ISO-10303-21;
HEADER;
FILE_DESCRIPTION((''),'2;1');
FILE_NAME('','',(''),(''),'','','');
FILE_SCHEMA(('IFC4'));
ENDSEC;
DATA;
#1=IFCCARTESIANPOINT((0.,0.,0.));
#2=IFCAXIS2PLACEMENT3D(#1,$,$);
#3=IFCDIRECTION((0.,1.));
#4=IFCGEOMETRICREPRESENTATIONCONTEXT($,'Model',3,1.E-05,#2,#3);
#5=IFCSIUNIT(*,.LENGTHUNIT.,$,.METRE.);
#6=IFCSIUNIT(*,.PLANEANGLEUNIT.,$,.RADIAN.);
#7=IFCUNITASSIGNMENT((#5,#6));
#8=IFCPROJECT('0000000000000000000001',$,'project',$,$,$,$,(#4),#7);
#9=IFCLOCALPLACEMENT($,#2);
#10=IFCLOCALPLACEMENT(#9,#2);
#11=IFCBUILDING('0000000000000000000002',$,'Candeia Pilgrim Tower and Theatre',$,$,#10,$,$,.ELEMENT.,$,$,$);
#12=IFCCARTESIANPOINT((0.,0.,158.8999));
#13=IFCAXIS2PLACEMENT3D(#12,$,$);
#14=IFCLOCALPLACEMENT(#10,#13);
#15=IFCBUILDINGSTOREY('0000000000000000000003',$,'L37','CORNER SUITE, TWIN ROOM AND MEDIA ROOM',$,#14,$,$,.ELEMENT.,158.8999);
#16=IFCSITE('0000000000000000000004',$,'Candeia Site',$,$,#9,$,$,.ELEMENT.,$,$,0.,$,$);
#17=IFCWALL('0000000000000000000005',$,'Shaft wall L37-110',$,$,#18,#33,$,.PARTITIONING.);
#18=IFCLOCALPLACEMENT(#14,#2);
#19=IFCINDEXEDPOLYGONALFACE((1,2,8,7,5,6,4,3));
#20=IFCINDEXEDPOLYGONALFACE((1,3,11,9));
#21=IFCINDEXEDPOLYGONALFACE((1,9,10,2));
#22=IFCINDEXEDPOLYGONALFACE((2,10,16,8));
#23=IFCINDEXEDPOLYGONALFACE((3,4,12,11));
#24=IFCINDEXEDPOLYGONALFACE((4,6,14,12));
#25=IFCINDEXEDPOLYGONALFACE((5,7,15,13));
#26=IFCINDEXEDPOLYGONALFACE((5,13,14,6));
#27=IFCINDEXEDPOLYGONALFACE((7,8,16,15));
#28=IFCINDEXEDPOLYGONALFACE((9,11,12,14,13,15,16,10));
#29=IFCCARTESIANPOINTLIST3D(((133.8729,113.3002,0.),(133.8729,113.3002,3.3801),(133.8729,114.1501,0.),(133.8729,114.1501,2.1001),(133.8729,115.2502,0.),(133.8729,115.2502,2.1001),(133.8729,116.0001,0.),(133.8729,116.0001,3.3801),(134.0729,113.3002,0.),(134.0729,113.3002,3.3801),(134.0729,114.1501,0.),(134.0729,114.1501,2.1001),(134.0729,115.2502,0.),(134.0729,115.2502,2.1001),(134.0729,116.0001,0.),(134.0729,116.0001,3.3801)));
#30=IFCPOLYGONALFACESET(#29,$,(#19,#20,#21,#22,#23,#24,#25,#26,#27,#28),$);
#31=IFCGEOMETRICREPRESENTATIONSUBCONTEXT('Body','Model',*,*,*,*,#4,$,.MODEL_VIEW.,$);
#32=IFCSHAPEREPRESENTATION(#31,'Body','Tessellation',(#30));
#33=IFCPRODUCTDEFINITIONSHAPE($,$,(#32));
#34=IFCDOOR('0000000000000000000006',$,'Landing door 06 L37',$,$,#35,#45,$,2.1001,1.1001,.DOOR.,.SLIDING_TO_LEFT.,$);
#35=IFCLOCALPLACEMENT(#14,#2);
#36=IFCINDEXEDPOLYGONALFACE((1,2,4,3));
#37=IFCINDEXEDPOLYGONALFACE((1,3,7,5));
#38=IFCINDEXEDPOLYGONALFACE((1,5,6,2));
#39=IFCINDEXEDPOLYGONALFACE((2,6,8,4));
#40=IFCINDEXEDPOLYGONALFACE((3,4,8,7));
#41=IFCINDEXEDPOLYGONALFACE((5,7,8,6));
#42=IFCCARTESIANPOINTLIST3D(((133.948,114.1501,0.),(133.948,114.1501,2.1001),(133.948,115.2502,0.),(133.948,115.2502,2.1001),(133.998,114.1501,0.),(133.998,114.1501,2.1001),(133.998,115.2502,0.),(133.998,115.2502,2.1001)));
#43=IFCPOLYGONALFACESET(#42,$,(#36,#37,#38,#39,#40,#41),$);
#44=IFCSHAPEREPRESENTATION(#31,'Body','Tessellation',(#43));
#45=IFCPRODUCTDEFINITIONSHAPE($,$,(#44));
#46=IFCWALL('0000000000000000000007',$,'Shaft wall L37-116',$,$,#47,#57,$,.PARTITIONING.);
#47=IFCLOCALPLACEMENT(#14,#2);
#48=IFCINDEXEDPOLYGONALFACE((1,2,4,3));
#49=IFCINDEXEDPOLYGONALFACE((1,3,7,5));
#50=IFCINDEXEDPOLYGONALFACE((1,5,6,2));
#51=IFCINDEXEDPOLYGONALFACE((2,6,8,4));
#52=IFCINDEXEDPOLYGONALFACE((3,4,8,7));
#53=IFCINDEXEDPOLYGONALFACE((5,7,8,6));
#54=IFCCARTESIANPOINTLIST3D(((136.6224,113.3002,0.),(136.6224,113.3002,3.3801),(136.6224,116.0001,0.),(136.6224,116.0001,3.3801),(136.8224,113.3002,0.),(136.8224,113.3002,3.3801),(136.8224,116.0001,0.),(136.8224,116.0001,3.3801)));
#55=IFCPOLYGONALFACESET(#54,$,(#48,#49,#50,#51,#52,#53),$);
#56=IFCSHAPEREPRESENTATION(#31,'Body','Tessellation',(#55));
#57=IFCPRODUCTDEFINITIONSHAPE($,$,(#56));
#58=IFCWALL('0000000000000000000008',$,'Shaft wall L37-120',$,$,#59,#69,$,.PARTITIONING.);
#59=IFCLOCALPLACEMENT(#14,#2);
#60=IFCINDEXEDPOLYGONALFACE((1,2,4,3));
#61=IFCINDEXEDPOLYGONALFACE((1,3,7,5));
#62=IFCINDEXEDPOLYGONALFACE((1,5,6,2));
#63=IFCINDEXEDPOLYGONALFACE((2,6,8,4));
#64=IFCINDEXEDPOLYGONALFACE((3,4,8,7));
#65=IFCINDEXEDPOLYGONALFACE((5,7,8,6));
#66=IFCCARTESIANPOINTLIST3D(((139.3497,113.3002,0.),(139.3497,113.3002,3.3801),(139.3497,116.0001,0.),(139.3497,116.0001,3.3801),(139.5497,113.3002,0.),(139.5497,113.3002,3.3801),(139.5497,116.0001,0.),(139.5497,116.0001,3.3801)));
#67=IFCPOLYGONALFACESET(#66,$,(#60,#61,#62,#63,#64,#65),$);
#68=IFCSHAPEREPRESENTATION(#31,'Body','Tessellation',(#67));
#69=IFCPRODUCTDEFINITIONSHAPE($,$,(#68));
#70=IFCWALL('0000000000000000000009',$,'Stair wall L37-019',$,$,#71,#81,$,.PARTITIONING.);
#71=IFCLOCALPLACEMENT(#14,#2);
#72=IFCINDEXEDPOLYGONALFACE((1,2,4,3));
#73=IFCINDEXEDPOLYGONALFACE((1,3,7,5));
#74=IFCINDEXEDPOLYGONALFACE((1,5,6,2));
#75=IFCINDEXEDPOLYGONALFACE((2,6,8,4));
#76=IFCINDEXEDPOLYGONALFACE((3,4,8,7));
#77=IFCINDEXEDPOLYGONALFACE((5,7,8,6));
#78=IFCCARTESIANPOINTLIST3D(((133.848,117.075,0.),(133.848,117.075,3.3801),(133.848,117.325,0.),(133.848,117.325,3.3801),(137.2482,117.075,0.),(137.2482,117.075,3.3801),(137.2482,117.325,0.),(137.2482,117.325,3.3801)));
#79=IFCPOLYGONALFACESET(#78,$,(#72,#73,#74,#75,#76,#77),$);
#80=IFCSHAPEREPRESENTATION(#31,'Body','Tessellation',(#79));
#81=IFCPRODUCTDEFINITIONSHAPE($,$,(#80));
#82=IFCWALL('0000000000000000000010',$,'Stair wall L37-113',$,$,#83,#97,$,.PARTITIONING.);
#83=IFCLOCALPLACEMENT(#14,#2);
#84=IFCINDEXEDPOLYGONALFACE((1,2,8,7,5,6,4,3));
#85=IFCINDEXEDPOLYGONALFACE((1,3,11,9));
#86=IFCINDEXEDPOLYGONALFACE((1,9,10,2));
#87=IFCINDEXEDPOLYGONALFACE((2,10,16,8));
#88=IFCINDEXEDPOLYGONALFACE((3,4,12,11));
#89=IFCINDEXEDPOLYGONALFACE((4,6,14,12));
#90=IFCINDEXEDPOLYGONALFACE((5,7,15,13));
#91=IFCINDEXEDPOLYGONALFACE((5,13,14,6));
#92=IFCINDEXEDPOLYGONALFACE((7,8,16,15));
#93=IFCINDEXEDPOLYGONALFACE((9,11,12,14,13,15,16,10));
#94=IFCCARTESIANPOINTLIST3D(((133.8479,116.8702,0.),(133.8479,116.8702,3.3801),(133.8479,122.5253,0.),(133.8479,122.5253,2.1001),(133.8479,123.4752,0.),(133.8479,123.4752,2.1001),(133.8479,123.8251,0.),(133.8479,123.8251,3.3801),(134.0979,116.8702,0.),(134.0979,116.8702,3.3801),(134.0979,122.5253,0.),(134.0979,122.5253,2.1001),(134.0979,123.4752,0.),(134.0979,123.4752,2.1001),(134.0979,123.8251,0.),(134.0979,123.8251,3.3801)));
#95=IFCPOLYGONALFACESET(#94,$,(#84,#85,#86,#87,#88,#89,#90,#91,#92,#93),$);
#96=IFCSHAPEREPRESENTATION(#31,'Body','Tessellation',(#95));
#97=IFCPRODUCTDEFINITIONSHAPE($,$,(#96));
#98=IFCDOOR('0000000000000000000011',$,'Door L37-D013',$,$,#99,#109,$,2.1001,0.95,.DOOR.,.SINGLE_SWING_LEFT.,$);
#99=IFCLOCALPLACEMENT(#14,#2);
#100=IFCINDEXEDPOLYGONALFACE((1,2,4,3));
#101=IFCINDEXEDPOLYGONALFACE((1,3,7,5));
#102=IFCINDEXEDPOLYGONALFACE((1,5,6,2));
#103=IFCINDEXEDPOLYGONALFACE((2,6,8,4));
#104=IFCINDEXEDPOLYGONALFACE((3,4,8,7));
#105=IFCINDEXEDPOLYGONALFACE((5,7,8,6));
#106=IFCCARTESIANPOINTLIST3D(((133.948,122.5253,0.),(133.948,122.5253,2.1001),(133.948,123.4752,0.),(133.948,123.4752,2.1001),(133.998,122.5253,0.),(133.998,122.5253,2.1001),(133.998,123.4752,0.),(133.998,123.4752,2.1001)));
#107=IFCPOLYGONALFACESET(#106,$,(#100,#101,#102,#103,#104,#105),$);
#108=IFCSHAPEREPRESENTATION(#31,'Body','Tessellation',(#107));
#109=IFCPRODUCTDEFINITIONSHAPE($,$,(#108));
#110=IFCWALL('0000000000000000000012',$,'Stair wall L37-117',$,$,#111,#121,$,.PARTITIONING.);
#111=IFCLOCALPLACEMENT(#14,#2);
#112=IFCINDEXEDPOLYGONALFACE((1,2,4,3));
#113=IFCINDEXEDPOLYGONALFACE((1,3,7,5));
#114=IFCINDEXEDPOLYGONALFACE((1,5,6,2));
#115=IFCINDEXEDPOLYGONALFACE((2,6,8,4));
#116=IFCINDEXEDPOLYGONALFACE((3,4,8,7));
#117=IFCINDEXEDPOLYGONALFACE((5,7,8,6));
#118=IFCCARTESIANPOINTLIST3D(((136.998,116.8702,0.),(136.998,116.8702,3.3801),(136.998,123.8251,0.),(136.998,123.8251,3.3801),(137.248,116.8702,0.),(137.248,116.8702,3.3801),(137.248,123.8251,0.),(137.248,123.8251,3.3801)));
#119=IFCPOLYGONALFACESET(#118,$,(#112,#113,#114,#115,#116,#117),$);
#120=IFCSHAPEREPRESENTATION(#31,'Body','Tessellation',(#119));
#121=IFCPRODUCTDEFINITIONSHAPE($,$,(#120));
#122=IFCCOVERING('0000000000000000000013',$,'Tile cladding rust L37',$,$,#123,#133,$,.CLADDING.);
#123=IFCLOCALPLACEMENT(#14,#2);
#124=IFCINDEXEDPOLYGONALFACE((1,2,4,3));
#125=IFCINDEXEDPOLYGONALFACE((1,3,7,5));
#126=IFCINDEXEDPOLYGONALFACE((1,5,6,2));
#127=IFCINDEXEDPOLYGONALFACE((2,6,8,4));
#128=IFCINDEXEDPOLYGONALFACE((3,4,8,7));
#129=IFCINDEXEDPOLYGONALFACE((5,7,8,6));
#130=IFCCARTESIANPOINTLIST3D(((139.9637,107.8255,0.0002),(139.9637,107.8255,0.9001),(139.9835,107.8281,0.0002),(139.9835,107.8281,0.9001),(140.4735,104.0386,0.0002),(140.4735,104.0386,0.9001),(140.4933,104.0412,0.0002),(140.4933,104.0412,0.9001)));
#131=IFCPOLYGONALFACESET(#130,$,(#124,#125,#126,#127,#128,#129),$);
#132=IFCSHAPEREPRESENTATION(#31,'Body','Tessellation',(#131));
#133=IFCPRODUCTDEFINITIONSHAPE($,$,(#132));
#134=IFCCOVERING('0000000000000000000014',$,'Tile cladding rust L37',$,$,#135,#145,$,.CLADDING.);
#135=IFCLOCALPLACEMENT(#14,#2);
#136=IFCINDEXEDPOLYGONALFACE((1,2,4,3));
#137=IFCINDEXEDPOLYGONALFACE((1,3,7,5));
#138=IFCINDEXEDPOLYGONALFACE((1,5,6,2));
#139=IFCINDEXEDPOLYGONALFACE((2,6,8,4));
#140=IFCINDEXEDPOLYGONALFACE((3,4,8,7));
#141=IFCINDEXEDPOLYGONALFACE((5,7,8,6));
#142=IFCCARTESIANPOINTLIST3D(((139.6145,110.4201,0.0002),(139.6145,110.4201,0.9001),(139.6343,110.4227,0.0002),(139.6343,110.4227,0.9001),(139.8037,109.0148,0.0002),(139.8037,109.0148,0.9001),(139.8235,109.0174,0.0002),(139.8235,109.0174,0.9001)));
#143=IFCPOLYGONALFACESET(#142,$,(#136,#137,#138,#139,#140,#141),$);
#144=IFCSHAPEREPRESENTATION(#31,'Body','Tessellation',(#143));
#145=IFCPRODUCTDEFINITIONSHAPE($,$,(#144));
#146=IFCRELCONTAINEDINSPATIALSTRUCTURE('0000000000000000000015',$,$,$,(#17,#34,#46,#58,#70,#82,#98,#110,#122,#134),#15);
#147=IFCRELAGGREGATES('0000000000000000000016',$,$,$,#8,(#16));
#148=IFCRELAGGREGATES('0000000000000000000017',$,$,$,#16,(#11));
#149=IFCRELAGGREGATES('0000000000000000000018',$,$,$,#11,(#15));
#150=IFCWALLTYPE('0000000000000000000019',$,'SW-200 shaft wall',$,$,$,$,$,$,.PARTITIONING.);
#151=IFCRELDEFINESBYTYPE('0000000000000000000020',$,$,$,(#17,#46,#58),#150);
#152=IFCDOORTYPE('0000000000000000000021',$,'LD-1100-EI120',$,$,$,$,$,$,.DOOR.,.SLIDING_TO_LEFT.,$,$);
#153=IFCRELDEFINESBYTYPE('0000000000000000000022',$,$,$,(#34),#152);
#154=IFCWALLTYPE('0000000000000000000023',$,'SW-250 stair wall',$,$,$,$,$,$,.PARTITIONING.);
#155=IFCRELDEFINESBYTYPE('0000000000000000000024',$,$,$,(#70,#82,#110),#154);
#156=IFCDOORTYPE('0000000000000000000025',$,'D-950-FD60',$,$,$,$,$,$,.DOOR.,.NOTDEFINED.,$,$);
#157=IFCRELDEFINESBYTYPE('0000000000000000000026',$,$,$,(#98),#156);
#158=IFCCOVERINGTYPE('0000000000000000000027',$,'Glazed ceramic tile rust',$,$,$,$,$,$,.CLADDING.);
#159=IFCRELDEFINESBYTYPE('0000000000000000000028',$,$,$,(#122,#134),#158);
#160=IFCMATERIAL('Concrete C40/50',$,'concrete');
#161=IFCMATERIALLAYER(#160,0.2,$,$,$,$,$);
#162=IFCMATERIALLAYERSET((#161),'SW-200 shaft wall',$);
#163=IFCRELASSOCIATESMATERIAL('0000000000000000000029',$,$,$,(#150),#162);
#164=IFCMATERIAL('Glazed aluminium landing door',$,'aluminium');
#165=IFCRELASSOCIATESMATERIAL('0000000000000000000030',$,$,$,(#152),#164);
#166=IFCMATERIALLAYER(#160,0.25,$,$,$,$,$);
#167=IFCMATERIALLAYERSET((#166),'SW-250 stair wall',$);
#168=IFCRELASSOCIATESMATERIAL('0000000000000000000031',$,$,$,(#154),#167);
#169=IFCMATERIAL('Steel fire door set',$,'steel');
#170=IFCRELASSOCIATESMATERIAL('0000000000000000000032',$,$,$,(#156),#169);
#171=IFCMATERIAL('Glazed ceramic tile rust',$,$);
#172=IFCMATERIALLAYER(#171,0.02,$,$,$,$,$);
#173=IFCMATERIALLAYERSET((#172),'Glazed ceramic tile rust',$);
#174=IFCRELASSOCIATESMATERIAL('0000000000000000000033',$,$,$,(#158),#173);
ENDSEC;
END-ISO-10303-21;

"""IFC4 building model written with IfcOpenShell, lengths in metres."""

from ifc_helpers import new_model, si_unit, direction, frame, frame_2d, origin, origin_2d, place, context, subcontext, project, spatial, rectangle, extrude, material, layer, layer_set, type_object, element, fill, save


model = new_model("IFC4")

# Units and contexts
model_context = context("Model", 3, precision=1e-05, world=origin(), true_north=direction((0.0, 1.0)))
body_context = subcontext(model_context, "Body", "Model", "MODEL_VIEW")
ifc_project = project(units=[si_unit("LENGTHUNIT", "METRE"), si_unit("PLANEANGLEUNIT", "RADIAN")], contexts=[model_context])

# Site, building, storey
site_placement = place(None, origin())
site = spatial("IfcSite", under=ifc_project, at=site_placement, Name="Candeia Site", CompositionType="ELEMENT", RefElevation=0.0)
building_placement = place(site_placement, origin())
building = spatial("IfcBuilding", under=site, at=building_placement, Name="Candeia Pilgrim Tower and Theatre", CompositionType="ELEMENT")
storey_placement = place(building_placement, frame((0.0, 0.0, 158.8999)))
storey = spatial("IfcBuildingStorey", under=building, at=storey_placement, Name="L37", Description="CORNER SUITE, TWIN ROOM AND MEDIA ROOM", CompositionType="ELEMENT", Elevation=158.8999)

# Shared definitions
ifc_material_1 = material(Name="Steel fire door set", Category="steel")

# Wall, opening, door
ifc_material_2 = material(Name="Concrete C40/50", Category="concrete")
ifc_layer_1 = layer(ifc_material_2, 0.2)
ifc_layer_set_1 = layer_set([ifc_layer_1], Name="SW-200 shaft wall")
wall_type_1 = type_object("IfcWallType", Name="SW-200 shaft wall", PredefinedType="PARTITIONING", material=ifc_layer_set_1)
wall_1_placement = place(storey_placement, frame((133.9729, 113.3, 0.0), z_axis=(0.0, 0.0, 1.0), x_axis=(0.0, 1.0, 0.0)))
wall_1 = element("IfcWall", 1, at=wall_1_placement, inside=storey, type_object=wall_type_1, Name="Shaft wall L37-110", PredefinedType="PARTITIONING", context=body_context, shape_type="SweptSolid", body=[
    extrude(rectangle(XDim=2.7, YDim=0.2, at=frame_2d((1.3501, 0.0))), origin(), (0.0, 0.0, 1.0), 3.3801),
])
opening_1_placement = place(wall_1_placement, frame((0.8501, 0.0, 0.0)))
opening_1 = element("IfcOpeningElement", 2, at=opening_1_placement, cuts=wall_1, PredefinedType="OPENING", context=body_context, shape_type="SweptSolid", body=[
    extrude(rectangle(XDim=1.1001, YDim=2.1001, at=frame_2d((0.55, 1.05))), frame((0.0, 0.1099, 0.0), z_axis=(0.0, -1.0, 0.0), x_axis=(1.0, 0.0, 0.0)), (0.0, 0.0, 1.0), 0.22),
])
ifc_material_3 = material(Name="Glazed aluminium landing door", Category="aluminium")
door_type_1 = type_object("IfcDoorType", Name="LD-1100-EI120", OperationType="SLIDING_TO_LEFT", PredefinedType="DOOR", material=ifc_material_3)
door_1_placement = place(opening_1_placement, origin())
door_1 = element("IfcDoor", 3, at=door_1_placement, inside=storey, type_object=door_type_1, Name="Landing door 06 L37", OperationType="SLIDING_TO_LEFT", OverallHeight=2.1001, OverallWidth=1.1001, PredefinedType="DOOR", context=body_context, shape_type="SweptSolid", body=[
    extrude(rectangle(XDim=1.1001, YDim=2.1001, at=frame_2d((0.55, 1.05))), frame((0.0, 0.0249, 0.0), z_axis=(0.0, -1.0, 0.0), x_axis=(1.0, 0.0, 0.0)), (0.0, 0.0, 1.0), 0.05),
])
fill(opening_1, door_1)

# Walls
for number, where, z_axis, x_axis, name in (
    (4, (136.7224, 113.3, 0.0), (0.0, 0.0, 1.0), (0.0, 1.0, 0.0), "Shaft wall L37-116"),
    (5, (139.4497, 113.3, 0.0), (0.0, 0.0, 1.0), (0.0, 1.0, 0.0), "Shaft wall L37-120"),
):
    element("IfcWall", number, at=place(storey_placement, frame(where, z_axis=z_axis, x_axis=x_axis)), inside=storey, type_object=wall_type_1, Name=name, PredefinedType="PARTITIONING", context=body_context, shape_type="SweptSolid", body=[
        extrude(rectangle(XDim=2.7, YDim=0.2, at=frame_2d((1.3501, 0.0))), origin(), (0.0, 0.0, 1.0), 3.3801),
    ])
ifc_layer_2 = layer(ifc_material_2, 0.25)
ifc_layer_set_2 = layer_set([ifc_layer_2], Name="SW-250 stair wall")
wall_type_2 = type_object("IfcWallType", Name="SW-250 stair wall", PredefinedType="PARTITIONING", material=ifc_layer_set_2)
wall_2_placement = place(storey_placement, frame((133.8479, 117.2, 0.0), z_axis=(0.0, 0.0, 1.0), x_axis=(1.0, 0.0, 0.0)))
element("IfcWall", 6, at=wall_2_placement, inside=storey, type_object=wall_type_2, Name="Stair wall L37-019", PredefinedType="PARTITIONING", context=body_context, shape_type="SweptSolid", body=[
    extrude(rectangle(XDim=3.4001, YDim=0.25, at=frame_2d((1.7002, 0.0))), origin(), (0.0, 0.0, 1.0), 3.3801),
])

# Wall, opening, door
wall_3_placement = place(storey_placement, frame((133.9729, 116.8701, 0.0), z_axis=(0.0, 0.0, 1.0), x_axis=(0.0, 1.0, 0.0)))
wall_3 = element("IfcWall", 7, at=wall_3_placement, inside=storey, type_object=wall_type_2, Name="Stair wall L37-113", PredefinedType="PARTITIONING", context=body_context, shape_type="SweptSolid", body=[
    extrude(rectangle(XDim=6.9548, YDim=0.25, at=frame_2d((3.4775, 0.0))), origin(), (0.0, 0.0, 1.0), 3.3801),
])
opening_2_placement = place(wall_3_placement, frame((5.655, 0.0, 0.0)))
opening_2 = element("IfcOpeningElement", 8, at=opening_2_placement, cuts=wall_3, PredefinedType="OPENING", context=body_context, shape_type="SweptSolid", body=[
    extrude(rectangle(XDim=0.95, YDim=2.1001, at=frame_2d((0.4751, 1.05))), frame((0.0, 0.135, 0.0), z_axis=(0.0, -1.0, 0.0), x_axis=(1.0, 0.0, 0.0)), (0.0, 0.0, 1.0), 0.27),
])
door_type_2 = type_object("IfcDoorType", Name="D-950-FD60", OperationType="NOTDEFINED", PredefinedType="DOOR", material=ifc_material_1)
door_2_placement = place(opening_2_placement, origin())
door_2 = element("IfcDoor", 9, at=door_2_placement, inside=storey, type_object=door_type_2, Name="Door L37-D013", OperationType="SINGLE_SWING_LEFT", OverallHeight=2.1001, OverallWidth=0.95, PredefinedType="DOOR", context=body_context, shape_type="SweptSolid", body=[
    extrude(rectangle(XDim=0.95, YDim=2.1001, at=frame_2d((0.4751, 1.05))), frame((0.0, 0.0249, 0.0), z_axis=(0.0, -1.0, 0.0), x_axis=(1.0, 0.0, 0.0)), (0.0, 0.0, 1.0), 0.05),
])
fill(opening_2, door_2)

# Wall
wall_4_placement = place(storey_placement, frame((137.123, 116.8701, 0.0), z_axis=(0.0, 0.0, 1.0), x_axis=(0.0, 1.0, 0.0)))
element("IfcWall", 10, at=wall_4_placement, inside=storey, type_object=wall_type_2, Name="Stair wall L37-117", PredefinedType="PARTITIONING", context=body_context, shape_type="SweptSolid", body=[
    extrude(rectangle(XDim=6.9548, YDim=0.25, at=frame_2d((3.4775, 0.0))), origin(), (0.0, 0.0, 1.0), 3.3801),
])

# Coverings
ifc_material_4 = material(Name="Glazed ceramic tile rust")
ifc_layer_3 = layer(ifc_material_4, 0.02)
ifc_layer_set_3 = layer_set([ifc_layer_3], Name="Glazed ceramic tile rust")
covering_type = type_object("IfcCoveringType", Name="Glazed ceramic tile rust", PredefinedType="CLADDING", material=ifc_layer_set_3)
covering_1_placement = place(storey_placement, frame((140.2285, 105.9333, 0.0002), z_axis=(0.0, 0.0, 1.0), x_axis=(-0.133412, 0.991061, 0.0)))
element("IfcCovering", 11, at=covering_1_placement, inside=storey, type_object=covering_type, Name="Tile cladding rust L37", PredefinedType="CLADDING", context=body_context, shape_type="SweptSolid", body=[
    extrude(rectangle(XDim=3.821, YDim=0.02, at=origin_2d()), origin(), (0.0, 0.0, 1.0), 0.8999),
])
covering_2_placement = place(storey_placement, frame((139.719, 109.7188, 0.0002), z_axis=(0.0, 0.0, 1.0), x_axis=(-0.133412, 0.991061, 0.0)))
element("IfcCovering", 12, at=covering_2_placement, inside=storey, type_object=covering_type, Name="Tile cladding rust L37", PredefinedType="CLADDING", context=body_context, shape_type="SweptSolid", body=[
    extrude(rectangle(XDim=1.418, YDim=0.02, at=origin_2d()), origin(), (0.0, 0.0, 1.0), 0.8999),
])

save(model, "model.ifc")
